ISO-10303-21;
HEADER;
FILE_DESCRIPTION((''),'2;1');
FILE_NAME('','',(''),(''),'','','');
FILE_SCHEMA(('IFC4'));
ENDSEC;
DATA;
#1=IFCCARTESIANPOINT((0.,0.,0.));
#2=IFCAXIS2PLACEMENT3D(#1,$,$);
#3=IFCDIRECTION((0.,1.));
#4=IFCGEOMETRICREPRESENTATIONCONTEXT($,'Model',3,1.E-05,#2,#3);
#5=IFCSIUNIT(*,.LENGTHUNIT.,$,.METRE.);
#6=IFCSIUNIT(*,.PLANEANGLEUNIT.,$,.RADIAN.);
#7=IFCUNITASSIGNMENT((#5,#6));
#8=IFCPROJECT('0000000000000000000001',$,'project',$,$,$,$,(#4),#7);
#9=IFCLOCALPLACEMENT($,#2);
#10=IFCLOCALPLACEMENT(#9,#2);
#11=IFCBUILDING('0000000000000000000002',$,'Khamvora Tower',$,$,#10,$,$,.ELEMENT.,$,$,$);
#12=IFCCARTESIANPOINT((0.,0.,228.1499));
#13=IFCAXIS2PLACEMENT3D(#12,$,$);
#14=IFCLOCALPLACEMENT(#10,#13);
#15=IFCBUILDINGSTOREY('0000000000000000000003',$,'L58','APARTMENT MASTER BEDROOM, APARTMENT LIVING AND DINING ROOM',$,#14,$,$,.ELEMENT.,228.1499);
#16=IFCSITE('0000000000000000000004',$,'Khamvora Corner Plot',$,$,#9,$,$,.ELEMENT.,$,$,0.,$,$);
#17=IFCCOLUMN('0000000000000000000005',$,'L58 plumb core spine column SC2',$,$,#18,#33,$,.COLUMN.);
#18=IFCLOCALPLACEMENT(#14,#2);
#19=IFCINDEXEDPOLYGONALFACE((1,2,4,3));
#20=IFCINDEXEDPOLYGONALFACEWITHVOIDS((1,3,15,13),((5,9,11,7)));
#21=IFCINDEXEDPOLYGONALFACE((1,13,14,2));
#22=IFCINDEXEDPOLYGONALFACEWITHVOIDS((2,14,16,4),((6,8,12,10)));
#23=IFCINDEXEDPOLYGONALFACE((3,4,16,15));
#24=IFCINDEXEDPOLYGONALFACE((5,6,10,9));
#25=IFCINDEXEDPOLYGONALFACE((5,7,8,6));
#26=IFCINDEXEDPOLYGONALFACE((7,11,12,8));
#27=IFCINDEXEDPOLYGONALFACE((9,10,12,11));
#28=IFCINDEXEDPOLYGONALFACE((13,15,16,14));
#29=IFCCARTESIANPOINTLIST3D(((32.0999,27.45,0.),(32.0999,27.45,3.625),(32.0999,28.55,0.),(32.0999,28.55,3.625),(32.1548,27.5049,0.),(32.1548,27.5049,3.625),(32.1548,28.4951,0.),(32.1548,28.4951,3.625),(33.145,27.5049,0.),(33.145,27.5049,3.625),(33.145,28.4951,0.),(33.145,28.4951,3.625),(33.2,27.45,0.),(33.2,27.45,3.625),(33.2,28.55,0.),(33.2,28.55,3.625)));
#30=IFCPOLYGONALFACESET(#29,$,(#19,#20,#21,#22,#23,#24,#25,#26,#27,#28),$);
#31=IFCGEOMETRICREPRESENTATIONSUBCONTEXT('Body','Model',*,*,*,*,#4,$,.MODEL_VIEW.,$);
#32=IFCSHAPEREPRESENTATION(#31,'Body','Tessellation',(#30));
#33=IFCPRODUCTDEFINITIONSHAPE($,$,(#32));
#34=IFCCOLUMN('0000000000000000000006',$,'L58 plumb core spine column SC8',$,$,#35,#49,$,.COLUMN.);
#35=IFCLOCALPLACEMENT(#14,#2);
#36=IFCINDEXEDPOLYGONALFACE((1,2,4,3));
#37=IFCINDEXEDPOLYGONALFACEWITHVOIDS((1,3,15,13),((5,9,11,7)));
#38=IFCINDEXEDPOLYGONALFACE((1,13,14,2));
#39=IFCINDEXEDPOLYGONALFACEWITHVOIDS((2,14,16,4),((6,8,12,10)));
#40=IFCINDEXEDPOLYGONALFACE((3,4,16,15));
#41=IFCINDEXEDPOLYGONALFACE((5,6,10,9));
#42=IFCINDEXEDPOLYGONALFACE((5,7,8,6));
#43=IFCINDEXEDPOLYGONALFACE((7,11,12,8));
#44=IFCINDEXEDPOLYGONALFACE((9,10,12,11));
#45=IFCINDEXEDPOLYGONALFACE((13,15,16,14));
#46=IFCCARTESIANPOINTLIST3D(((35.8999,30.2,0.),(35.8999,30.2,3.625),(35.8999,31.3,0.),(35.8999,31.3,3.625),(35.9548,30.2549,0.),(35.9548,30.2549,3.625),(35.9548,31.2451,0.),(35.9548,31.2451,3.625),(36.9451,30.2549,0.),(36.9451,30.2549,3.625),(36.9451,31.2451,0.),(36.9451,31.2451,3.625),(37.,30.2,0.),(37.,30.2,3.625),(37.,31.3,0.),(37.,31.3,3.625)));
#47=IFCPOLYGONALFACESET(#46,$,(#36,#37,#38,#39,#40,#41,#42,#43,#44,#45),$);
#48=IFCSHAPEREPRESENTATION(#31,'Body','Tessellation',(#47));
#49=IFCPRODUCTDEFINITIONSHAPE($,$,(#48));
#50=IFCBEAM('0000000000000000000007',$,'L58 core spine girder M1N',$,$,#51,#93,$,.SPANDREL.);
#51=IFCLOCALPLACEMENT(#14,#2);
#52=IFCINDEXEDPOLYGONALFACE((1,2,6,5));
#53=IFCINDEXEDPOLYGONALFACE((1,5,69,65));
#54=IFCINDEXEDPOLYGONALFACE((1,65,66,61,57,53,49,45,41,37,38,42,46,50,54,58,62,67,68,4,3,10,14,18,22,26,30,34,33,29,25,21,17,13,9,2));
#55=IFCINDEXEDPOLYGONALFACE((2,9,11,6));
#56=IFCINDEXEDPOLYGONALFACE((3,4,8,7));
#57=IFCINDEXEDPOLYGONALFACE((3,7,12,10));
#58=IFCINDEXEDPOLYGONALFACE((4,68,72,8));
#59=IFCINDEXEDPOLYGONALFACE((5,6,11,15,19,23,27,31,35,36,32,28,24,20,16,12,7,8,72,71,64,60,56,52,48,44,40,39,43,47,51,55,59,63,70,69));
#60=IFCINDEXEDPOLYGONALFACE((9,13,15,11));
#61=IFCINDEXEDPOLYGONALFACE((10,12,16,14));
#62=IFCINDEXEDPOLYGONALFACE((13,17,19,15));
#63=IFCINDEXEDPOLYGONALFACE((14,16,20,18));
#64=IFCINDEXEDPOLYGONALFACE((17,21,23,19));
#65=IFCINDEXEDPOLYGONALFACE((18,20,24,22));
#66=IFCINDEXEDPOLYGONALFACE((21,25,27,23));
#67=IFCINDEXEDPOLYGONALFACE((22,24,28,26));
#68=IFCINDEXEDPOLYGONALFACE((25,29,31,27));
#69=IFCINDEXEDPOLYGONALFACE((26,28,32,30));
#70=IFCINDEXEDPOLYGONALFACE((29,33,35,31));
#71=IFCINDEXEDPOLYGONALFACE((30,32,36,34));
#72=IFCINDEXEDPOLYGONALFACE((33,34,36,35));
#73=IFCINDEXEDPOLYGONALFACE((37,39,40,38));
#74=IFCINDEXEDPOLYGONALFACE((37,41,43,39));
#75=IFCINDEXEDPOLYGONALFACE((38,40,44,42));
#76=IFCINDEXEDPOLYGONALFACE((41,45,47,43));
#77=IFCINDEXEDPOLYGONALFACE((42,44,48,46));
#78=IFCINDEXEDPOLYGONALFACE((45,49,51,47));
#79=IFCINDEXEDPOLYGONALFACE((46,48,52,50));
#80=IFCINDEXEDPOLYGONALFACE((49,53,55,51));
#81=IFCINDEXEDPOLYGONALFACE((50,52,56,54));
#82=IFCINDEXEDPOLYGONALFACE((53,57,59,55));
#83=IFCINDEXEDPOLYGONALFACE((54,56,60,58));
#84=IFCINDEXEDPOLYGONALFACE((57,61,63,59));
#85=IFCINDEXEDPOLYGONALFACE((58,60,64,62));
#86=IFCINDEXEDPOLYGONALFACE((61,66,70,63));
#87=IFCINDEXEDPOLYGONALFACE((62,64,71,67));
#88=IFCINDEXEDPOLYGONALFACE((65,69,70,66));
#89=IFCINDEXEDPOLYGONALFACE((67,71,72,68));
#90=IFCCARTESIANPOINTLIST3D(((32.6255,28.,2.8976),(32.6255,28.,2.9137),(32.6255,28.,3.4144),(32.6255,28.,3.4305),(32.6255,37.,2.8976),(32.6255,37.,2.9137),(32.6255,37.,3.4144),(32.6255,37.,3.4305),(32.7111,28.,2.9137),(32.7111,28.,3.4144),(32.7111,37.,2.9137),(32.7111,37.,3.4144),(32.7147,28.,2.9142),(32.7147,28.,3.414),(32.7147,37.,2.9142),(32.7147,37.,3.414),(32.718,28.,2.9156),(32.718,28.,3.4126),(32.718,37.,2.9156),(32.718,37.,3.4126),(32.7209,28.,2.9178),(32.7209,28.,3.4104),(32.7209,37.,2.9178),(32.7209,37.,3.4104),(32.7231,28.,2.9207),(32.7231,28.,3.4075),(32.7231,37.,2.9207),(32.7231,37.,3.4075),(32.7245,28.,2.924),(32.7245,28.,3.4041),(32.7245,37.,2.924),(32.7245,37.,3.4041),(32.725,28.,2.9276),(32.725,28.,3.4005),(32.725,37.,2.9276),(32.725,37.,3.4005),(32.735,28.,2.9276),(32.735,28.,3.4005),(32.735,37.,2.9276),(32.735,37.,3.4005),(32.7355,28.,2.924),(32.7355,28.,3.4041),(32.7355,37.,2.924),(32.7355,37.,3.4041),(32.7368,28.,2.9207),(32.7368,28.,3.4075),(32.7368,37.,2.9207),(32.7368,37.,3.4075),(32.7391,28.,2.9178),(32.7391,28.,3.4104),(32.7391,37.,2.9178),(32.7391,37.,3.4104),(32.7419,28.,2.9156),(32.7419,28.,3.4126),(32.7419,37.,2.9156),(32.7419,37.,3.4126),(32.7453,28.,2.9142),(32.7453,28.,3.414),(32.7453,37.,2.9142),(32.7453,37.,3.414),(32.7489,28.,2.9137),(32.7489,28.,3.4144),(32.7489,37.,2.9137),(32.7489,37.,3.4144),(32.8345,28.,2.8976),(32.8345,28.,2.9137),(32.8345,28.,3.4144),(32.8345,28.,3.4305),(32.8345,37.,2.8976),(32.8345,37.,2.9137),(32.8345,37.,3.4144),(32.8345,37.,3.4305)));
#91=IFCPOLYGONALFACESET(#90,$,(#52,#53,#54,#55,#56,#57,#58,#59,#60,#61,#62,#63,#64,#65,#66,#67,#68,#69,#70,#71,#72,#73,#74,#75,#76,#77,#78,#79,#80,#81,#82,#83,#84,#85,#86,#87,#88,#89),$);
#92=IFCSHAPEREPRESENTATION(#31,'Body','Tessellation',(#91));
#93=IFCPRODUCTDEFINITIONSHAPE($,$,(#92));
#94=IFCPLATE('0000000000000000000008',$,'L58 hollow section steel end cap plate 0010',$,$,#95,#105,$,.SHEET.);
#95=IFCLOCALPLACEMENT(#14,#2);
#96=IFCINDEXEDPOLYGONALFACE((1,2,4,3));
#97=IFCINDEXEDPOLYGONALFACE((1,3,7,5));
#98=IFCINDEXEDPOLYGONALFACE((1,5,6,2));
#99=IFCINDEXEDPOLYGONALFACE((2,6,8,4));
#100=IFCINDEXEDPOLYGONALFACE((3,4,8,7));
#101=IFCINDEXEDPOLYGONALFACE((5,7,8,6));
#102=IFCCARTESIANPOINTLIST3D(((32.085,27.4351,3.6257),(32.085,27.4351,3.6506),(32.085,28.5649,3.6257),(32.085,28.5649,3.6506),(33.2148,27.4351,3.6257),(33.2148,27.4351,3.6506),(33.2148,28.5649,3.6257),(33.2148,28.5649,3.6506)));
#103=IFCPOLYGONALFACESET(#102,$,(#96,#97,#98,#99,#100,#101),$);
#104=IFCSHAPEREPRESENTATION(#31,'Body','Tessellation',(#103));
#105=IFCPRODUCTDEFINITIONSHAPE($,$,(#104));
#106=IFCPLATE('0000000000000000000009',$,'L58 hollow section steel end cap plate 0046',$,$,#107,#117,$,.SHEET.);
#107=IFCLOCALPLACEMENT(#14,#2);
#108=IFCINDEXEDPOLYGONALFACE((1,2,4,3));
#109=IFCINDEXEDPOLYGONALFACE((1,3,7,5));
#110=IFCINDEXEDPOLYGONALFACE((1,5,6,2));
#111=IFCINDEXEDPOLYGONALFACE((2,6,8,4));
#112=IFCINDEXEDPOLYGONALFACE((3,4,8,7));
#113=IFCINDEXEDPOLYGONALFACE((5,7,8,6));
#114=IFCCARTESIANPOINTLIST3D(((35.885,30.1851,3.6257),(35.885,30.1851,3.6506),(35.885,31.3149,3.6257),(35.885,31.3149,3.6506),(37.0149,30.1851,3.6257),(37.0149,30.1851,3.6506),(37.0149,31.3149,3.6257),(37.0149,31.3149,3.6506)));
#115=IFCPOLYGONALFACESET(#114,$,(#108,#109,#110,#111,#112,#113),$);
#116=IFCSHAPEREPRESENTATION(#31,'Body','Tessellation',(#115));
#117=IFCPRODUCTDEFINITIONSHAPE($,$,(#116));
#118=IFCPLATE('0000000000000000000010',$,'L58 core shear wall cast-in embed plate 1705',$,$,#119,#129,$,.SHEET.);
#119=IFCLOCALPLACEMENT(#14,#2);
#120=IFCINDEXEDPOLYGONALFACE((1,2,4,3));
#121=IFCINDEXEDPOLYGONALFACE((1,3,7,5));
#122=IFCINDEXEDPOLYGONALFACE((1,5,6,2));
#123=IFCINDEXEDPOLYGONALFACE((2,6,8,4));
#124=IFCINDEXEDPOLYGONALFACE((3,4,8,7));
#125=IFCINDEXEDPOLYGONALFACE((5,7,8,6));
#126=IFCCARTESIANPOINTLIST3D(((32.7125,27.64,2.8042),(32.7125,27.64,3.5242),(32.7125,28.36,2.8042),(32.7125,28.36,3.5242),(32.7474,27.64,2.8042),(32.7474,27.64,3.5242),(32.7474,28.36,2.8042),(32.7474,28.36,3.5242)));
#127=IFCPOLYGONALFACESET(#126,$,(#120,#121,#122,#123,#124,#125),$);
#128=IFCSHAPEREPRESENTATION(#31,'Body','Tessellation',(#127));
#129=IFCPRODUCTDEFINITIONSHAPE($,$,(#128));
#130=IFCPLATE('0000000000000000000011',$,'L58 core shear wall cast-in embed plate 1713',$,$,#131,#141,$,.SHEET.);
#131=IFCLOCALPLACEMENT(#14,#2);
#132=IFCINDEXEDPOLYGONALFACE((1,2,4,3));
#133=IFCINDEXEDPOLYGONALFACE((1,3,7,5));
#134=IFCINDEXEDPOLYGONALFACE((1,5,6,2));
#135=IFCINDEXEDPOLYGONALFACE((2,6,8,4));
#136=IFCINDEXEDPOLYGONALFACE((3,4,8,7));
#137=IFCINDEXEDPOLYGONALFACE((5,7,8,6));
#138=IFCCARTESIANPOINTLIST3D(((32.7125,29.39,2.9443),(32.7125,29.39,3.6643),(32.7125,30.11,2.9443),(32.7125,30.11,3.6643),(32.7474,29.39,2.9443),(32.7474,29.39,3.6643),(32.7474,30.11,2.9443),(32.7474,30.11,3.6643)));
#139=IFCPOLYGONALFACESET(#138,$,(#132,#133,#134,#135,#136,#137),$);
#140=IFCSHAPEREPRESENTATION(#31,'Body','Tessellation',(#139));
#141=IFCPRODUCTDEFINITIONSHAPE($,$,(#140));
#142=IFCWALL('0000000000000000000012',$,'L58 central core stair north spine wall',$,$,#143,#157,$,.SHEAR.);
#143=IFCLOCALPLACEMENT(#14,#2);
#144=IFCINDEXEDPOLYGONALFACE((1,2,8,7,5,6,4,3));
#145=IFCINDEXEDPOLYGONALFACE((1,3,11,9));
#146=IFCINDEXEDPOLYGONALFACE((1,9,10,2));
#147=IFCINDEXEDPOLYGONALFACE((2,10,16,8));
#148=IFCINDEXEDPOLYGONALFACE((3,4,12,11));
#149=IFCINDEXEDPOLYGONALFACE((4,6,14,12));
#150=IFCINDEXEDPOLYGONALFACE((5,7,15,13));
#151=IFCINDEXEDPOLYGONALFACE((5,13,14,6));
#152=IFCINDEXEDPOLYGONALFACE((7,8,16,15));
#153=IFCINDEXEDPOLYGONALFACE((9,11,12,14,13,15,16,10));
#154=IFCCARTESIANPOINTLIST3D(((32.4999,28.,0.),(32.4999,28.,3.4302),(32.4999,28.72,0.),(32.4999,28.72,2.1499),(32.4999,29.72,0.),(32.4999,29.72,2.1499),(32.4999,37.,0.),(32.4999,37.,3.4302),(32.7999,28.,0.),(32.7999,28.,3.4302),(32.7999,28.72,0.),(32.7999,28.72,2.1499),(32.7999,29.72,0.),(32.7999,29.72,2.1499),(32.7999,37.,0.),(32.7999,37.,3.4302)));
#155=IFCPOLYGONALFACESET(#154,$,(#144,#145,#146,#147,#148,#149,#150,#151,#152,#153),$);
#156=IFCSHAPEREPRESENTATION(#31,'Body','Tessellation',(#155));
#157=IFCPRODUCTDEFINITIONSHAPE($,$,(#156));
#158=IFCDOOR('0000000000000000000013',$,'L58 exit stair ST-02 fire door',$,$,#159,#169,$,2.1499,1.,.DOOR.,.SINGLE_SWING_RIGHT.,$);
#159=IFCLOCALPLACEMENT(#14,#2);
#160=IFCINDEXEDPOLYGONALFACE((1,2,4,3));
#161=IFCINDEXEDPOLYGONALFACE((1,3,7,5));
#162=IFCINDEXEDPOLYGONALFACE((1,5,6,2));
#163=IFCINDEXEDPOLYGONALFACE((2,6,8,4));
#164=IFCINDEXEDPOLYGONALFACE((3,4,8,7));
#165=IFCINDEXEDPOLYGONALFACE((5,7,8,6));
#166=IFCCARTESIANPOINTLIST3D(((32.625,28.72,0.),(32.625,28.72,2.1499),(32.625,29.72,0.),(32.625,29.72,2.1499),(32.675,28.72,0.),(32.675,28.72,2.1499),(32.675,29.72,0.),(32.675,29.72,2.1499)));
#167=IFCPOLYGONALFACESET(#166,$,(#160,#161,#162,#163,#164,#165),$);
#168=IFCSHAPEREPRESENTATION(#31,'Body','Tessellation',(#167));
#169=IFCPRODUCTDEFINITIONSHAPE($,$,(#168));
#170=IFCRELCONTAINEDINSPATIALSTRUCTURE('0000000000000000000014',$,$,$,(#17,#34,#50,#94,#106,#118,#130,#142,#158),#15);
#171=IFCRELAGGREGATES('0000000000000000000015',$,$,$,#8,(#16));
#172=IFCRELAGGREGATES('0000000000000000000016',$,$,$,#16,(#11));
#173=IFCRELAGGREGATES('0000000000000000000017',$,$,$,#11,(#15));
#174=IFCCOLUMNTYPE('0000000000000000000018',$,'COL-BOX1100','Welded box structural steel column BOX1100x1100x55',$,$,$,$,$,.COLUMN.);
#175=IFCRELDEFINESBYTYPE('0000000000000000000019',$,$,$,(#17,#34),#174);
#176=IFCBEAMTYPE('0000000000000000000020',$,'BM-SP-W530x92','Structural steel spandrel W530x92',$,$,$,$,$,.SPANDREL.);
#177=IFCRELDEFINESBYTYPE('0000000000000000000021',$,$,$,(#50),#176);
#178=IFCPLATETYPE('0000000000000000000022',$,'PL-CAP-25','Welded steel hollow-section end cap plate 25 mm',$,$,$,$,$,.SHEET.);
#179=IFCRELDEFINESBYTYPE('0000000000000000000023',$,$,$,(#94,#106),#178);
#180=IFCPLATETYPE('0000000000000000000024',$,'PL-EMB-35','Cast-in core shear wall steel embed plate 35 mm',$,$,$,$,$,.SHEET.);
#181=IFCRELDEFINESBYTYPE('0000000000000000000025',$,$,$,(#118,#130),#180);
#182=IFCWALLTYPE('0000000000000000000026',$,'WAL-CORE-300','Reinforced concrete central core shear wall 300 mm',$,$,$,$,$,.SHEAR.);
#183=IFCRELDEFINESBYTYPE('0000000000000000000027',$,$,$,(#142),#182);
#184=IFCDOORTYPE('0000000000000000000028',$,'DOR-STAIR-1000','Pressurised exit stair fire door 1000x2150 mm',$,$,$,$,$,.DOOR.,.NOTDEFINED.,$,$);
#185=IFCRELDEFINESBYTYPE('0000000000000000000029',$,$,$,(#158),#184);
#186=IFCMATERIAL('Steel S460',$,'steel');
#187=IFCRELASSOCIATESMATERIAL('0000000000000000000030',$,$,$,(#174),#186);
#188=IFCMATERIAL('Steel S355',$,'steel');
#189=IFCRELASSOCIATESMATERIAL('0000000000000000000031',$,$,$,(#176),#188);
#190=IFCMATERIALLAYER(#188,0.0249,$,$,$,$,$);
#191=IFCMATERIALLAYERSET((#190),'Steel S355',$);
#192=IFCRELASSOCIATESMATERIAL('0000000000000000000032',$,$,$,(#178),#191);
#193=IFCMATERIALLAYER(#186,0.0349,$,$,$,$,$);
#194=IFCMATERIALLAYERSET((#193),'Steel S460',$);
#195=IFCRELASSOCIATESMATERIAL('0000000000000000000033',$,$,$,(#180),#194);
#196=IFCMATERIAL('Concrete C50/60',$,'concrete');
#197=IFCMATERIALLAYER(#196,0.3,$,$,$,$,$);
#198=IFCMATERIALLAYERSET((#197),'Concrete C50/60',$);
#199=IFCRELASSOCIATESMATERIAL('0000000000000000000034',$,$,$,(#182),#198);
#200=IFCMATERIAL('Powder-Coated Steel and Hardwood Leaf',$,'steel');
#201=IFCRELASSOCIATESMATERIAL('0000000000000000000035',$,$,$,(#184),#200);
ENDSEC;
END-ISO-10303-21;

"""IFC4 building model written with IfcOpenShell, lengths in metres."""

from ifc_helpers import new_model, si_unit, direction, frame, frame_2d, origin, origin_2d, place, context, subcontext, project, spatial, rectangle, hollow_rectangle, i_section, extrude, material, layer, layer_set, material_profile, profile_set, type_object, element, fill, save


model = new_model("IFC4")

# Units and contexts
model_context = context("Model", 3, precision=1e-05, world=origin(), true_north=direction((0.0, 1.0)))
body_context = subcontext(model_context, "Body", "Model", "MODEL_VIEW")
ifc_project = project(units=[si_unit("LENGTHUNIT", "METRE"), si_unit("PLANEANGLEUNIT", "RADIAN")], contexts=[model_context])

# Site, building, storey
site_placement = place(None, origin())
site = spatial("IfcSite", under=ifc_project, at=site_placement, Name="Khamvora Corner Plot", CompositionType="ELEMENT", RefElevation=0.0)
building_placement = place(site_placement, origin())
building = spatial("IfcBuilding", under=site, at=building_placement, Name="Khamvora Tower", CompositionType="ELEMENT")
storey_placement = place(building_placement, frame((0.0, 0.0, 228.1499)))
storey = spatial("IfcBuildingStorey", under=building, at=storey_placement, Name="L58", Description="APARTMENT MASTER BEDROOM, APARTMENT LIVING AND DINING ROOM", CompositionType="ELEMENT", Elevation=228.1499)

# Columns
ifc_material_1 = material(Name="Steel S460", Category="steel")
ifc_material_profile_1 = material_profile(ifc_material_1, hollow_rectangle(XDim=1.1001, YDim=1.1001, WallThickness=0.0549, at=origin_2d()), Name="BOX1100x1100x55")
ifc_profile_set_1 = profile_set([ifc_material_profile_1], Name="Steel S460")
column_type = type_object("IfcColumnType", Name="COL-BOX1100", Description="Welded box structural steel column BOX1100x1100x55", PredefinedType="COLUMN", material=ifc_profile_set_1)
for number, where, z_axis, x_axis, name in (
    (1, (32.6499, 28.0, 0.0), (0.0, 0.0, 1.0), (1.0, 0.0, 0.0), "L58 plumb core spine column SC2"),
    (2, (36.45, 30.75, 0.0), (0.0, 0.0, 1.0), (1.0, 0.0, 0.0), "L58 plumb core spine column SC8"),
):
    element("IfcColumn", number, at=place(storey_placement, frame(where, z_axis=z_axis, x_axis=x_axis)), inside=storey, type_object=column_type, Name=name, PredefinedType="COLUMN", context=body_context, shape_type="SweptSolid", body=[
        extrude(hollow_rectangle(XDim=1.1001, YDim=1.1001, WallThickness=0.0549, at=origin_2d()), origin(), (0.0, 0.0, 1.0), 3.625),
    ])

# Beam
ifc_material_2 = material(Name="Steel S355", Category="steel")
ifc_material_profile_2 = material_profile(ifc_material_2, i_section(OverallWidth=0.209, OverallDepth=0.533, WebThickness=0.01, FlangeThickness=0.0161, FilletRadius=0.0139, at=origin_2d()), Name="W530x92")
ifc_profile_set_2 = profile_set([ifc_material_profile_2], Name="Steel S355")
beam_type = type_object("IfcBeamType", Name="BM-SP-W530x92", Description="Structural steel spandrel W530x92", PredefinedType="SPANDREL", material=ifc_profile_set_2)
beam_placement = place(storey_placement, frame((32.73, 28.0, 3.1641), z_axis=(0.0, 1.0, 0.0), x_axis=(-1.0, 0.0, 0.0)))
element("IfcBeam", 3, at=beam_placement, inside=storey, type_object=beam_type, Name="L58 core spine girder M1N", PredefinedType="SPANDREL", context=body_context, shape_type="SweptSolid", body=[
    extrude(i_section(OverallWidth=0.209, OverallDepth=0.533, WebThickness=0.01, FlangeThickness=0.0161, FilletRadius=0.0139, at=origin_2d()), origin(), (0.0, 0.0, 1.0), 9.0),
])

# Plates
ifc_layer_1 = layer(ifc_material_2, 0.0249)
ifc_layer_set_1 = layer_set([ifc_layer_1], Name="Steel S355")
plate_type_1 = type_object("IfcPlateType", Name="PL-CAP-25", Description="Welded steel hollow-section end cap plate 25 mm", PredefinedType="SHEET", material=ifc_layer_set_1)
for number, where, z_axis, x_axis, name in (
    (4, (32.6499, 28.0, 3.6257), (0.0, 0.0, 1.0), (1.0, 0.0, 0.0), "L58 hollow section steel end cap plate 0010"),
    (5, (36.45, 30.75, 3.6257), (0.0, 0.0, 1.0), (1.0, 0.0, 0.0), "L58 hollow section steel end cap plate 0046"),
):
    element("IfcPlate", number, at=place(storey_placement, frame(where, z_axis=z_axis, x_axis=x_axis)), inside=storey, type_object=plate_type_1, Name=name, PredefinedType="SHEET", context=body_context, shape_type="SweptSolid", body=[
        extrude(rectangle(XDim=1.1299, YDim=1.1299, at=origin_2d()), origin(), (0.0, 0.0, 1.0), 0.0249),
    ])
ifc_layer_2 = layer(ifc_material_1, 0.0349)
ifc_layer_set_2 = layer_set([ifc_layer_2], Name="Steel S460")
plate_type_2 = type_object("IfcPlateType", Name="PL-EMB-35", Description="Cast-in core shear wall steel embed plate 35 mm", PredefinedType="SHEET", material=ifc_layer_set_2)
for number, where, z_axis, x_axis, name in (
    (6, (32.73, 28.0, 2.8042), (0.0, 0.0, 1.0), (1.0, 0.0, 0.0), "L58 core shear wall cast-in embed plate 1705"),
    (7, (32.73, 29.75, 2.9443), (0.0, 0.0, 1.0), (1.0, 0.0, 0.0), "L58 core shear wall cast-in embed plate 1713"),
):
    element("IfcPlate", number, at=place(storey_placement, frame(where, z_axis=z_axis, x_axis=x_axis)), inside=storey, type_object=plate_type_2, Name=name, PredefinedType="SHEET", context=body_context, shape_type="SweptSolid", body=[
        extrude(rectangle(XDim=0.0349, YDim=0.72, at=origin_2d()), origin(), (0.0, 0.0, 1.0), 0.72),
    ])

# Wall, opening, door
ifc_material_3 = material(Name="Concrete C50/60", Category="concrete")
ifc_layer_3 = layer(ifc_material_3, 0.3)
ifc_layer_set_3 = layer_set([ifc_layer_3], Name="Concrete C50/60")
wall_type_1 = type_object("IfcWallType", Name="WAL-CORE-300", Description="Reinforced concrete central core shear wall 300 mm", PredefinedType="SHEAR", material=ifc_layer_set_3)
wall_1_placement = place(storey_placement, frame((32.6499, 28.0, 0.0), z_axis=(0.0, 0.0, 1.0), x_axis=(0.0, 1.0, 0.0)))
wall_1 = element("IfcWall", 8, at=wall_1_placement, inside=storey, type_object=wall_type_1, Name="L58 central core stair north spine wall", PredefinedType="SHEAR", context=body_context, shape_type="SweptSolid", body=[
    extrude(rectangle(XDim=9.0, YDim=0.3, at=frame_2d((4.5, 0.0))), origin(), (0.0, 0.0, 1.0), 3.4302),
])
opening_1_placement = place(wall_1_placement, frame((0.72, 0.0, 0.0)))
opening_1 = element("IfcOpeningElement", 9, at=opening_1_placement, cuts=wall_1, PredefinedType="OPENING", context=body_context, shape_type="SweptSolid", body=[
    extrude(rectangle(XDim=1.0, YDim=2.1499, at=frame_2d((0.5, 1.075))), frame((0.0, 0.1599, 0.0), z_axis=(0.0, -1.0, 0.0), x_axis=(1.0, 0.0, 0.0)), (0.0, 0.0, 1.0), 0.3201),
])
ifc_material_4 = material(Name="Powder-Coated Steel and Hardwood Leaf", Category="steel")
door_type_1 = type_object("IfcDoorType", Name="DOR-STAIR-1000", Description="Pressurised exit stair fire door 1000x2150 mm", OperationType="NOTDEFINED", PredefinedType="DOOR", material=ifc_material_4)
door_1_placement = place(opening_1_placement, origin())
door_1 = element("IfcDoor", 10, at=door_1_placement, inside=storey, type_object=door_type_1, Name="L58 exit stair ST-02 fire door", OperationType="SINGLE_SWING_RIGHT", OverallHeight=2.1499, OverallWidth=1.0, PredefinedType="DOOR", context=body_context, shape_type="SweptSolid", body=[
    extrude(rectangle(XDim=1.0, YDim=2.1499, at=frame_2d((0.5, 1.075))), frame((0.0, 0.0249, 0.0), z_axis=(0.0, -1.0, 0.0), x_axis=(1.0, 0.0, 0.0)), (0.0, 0.0, 1.0), 0.05),
])
fill(opening_1, door_1)

save(model, "model.ifc")
